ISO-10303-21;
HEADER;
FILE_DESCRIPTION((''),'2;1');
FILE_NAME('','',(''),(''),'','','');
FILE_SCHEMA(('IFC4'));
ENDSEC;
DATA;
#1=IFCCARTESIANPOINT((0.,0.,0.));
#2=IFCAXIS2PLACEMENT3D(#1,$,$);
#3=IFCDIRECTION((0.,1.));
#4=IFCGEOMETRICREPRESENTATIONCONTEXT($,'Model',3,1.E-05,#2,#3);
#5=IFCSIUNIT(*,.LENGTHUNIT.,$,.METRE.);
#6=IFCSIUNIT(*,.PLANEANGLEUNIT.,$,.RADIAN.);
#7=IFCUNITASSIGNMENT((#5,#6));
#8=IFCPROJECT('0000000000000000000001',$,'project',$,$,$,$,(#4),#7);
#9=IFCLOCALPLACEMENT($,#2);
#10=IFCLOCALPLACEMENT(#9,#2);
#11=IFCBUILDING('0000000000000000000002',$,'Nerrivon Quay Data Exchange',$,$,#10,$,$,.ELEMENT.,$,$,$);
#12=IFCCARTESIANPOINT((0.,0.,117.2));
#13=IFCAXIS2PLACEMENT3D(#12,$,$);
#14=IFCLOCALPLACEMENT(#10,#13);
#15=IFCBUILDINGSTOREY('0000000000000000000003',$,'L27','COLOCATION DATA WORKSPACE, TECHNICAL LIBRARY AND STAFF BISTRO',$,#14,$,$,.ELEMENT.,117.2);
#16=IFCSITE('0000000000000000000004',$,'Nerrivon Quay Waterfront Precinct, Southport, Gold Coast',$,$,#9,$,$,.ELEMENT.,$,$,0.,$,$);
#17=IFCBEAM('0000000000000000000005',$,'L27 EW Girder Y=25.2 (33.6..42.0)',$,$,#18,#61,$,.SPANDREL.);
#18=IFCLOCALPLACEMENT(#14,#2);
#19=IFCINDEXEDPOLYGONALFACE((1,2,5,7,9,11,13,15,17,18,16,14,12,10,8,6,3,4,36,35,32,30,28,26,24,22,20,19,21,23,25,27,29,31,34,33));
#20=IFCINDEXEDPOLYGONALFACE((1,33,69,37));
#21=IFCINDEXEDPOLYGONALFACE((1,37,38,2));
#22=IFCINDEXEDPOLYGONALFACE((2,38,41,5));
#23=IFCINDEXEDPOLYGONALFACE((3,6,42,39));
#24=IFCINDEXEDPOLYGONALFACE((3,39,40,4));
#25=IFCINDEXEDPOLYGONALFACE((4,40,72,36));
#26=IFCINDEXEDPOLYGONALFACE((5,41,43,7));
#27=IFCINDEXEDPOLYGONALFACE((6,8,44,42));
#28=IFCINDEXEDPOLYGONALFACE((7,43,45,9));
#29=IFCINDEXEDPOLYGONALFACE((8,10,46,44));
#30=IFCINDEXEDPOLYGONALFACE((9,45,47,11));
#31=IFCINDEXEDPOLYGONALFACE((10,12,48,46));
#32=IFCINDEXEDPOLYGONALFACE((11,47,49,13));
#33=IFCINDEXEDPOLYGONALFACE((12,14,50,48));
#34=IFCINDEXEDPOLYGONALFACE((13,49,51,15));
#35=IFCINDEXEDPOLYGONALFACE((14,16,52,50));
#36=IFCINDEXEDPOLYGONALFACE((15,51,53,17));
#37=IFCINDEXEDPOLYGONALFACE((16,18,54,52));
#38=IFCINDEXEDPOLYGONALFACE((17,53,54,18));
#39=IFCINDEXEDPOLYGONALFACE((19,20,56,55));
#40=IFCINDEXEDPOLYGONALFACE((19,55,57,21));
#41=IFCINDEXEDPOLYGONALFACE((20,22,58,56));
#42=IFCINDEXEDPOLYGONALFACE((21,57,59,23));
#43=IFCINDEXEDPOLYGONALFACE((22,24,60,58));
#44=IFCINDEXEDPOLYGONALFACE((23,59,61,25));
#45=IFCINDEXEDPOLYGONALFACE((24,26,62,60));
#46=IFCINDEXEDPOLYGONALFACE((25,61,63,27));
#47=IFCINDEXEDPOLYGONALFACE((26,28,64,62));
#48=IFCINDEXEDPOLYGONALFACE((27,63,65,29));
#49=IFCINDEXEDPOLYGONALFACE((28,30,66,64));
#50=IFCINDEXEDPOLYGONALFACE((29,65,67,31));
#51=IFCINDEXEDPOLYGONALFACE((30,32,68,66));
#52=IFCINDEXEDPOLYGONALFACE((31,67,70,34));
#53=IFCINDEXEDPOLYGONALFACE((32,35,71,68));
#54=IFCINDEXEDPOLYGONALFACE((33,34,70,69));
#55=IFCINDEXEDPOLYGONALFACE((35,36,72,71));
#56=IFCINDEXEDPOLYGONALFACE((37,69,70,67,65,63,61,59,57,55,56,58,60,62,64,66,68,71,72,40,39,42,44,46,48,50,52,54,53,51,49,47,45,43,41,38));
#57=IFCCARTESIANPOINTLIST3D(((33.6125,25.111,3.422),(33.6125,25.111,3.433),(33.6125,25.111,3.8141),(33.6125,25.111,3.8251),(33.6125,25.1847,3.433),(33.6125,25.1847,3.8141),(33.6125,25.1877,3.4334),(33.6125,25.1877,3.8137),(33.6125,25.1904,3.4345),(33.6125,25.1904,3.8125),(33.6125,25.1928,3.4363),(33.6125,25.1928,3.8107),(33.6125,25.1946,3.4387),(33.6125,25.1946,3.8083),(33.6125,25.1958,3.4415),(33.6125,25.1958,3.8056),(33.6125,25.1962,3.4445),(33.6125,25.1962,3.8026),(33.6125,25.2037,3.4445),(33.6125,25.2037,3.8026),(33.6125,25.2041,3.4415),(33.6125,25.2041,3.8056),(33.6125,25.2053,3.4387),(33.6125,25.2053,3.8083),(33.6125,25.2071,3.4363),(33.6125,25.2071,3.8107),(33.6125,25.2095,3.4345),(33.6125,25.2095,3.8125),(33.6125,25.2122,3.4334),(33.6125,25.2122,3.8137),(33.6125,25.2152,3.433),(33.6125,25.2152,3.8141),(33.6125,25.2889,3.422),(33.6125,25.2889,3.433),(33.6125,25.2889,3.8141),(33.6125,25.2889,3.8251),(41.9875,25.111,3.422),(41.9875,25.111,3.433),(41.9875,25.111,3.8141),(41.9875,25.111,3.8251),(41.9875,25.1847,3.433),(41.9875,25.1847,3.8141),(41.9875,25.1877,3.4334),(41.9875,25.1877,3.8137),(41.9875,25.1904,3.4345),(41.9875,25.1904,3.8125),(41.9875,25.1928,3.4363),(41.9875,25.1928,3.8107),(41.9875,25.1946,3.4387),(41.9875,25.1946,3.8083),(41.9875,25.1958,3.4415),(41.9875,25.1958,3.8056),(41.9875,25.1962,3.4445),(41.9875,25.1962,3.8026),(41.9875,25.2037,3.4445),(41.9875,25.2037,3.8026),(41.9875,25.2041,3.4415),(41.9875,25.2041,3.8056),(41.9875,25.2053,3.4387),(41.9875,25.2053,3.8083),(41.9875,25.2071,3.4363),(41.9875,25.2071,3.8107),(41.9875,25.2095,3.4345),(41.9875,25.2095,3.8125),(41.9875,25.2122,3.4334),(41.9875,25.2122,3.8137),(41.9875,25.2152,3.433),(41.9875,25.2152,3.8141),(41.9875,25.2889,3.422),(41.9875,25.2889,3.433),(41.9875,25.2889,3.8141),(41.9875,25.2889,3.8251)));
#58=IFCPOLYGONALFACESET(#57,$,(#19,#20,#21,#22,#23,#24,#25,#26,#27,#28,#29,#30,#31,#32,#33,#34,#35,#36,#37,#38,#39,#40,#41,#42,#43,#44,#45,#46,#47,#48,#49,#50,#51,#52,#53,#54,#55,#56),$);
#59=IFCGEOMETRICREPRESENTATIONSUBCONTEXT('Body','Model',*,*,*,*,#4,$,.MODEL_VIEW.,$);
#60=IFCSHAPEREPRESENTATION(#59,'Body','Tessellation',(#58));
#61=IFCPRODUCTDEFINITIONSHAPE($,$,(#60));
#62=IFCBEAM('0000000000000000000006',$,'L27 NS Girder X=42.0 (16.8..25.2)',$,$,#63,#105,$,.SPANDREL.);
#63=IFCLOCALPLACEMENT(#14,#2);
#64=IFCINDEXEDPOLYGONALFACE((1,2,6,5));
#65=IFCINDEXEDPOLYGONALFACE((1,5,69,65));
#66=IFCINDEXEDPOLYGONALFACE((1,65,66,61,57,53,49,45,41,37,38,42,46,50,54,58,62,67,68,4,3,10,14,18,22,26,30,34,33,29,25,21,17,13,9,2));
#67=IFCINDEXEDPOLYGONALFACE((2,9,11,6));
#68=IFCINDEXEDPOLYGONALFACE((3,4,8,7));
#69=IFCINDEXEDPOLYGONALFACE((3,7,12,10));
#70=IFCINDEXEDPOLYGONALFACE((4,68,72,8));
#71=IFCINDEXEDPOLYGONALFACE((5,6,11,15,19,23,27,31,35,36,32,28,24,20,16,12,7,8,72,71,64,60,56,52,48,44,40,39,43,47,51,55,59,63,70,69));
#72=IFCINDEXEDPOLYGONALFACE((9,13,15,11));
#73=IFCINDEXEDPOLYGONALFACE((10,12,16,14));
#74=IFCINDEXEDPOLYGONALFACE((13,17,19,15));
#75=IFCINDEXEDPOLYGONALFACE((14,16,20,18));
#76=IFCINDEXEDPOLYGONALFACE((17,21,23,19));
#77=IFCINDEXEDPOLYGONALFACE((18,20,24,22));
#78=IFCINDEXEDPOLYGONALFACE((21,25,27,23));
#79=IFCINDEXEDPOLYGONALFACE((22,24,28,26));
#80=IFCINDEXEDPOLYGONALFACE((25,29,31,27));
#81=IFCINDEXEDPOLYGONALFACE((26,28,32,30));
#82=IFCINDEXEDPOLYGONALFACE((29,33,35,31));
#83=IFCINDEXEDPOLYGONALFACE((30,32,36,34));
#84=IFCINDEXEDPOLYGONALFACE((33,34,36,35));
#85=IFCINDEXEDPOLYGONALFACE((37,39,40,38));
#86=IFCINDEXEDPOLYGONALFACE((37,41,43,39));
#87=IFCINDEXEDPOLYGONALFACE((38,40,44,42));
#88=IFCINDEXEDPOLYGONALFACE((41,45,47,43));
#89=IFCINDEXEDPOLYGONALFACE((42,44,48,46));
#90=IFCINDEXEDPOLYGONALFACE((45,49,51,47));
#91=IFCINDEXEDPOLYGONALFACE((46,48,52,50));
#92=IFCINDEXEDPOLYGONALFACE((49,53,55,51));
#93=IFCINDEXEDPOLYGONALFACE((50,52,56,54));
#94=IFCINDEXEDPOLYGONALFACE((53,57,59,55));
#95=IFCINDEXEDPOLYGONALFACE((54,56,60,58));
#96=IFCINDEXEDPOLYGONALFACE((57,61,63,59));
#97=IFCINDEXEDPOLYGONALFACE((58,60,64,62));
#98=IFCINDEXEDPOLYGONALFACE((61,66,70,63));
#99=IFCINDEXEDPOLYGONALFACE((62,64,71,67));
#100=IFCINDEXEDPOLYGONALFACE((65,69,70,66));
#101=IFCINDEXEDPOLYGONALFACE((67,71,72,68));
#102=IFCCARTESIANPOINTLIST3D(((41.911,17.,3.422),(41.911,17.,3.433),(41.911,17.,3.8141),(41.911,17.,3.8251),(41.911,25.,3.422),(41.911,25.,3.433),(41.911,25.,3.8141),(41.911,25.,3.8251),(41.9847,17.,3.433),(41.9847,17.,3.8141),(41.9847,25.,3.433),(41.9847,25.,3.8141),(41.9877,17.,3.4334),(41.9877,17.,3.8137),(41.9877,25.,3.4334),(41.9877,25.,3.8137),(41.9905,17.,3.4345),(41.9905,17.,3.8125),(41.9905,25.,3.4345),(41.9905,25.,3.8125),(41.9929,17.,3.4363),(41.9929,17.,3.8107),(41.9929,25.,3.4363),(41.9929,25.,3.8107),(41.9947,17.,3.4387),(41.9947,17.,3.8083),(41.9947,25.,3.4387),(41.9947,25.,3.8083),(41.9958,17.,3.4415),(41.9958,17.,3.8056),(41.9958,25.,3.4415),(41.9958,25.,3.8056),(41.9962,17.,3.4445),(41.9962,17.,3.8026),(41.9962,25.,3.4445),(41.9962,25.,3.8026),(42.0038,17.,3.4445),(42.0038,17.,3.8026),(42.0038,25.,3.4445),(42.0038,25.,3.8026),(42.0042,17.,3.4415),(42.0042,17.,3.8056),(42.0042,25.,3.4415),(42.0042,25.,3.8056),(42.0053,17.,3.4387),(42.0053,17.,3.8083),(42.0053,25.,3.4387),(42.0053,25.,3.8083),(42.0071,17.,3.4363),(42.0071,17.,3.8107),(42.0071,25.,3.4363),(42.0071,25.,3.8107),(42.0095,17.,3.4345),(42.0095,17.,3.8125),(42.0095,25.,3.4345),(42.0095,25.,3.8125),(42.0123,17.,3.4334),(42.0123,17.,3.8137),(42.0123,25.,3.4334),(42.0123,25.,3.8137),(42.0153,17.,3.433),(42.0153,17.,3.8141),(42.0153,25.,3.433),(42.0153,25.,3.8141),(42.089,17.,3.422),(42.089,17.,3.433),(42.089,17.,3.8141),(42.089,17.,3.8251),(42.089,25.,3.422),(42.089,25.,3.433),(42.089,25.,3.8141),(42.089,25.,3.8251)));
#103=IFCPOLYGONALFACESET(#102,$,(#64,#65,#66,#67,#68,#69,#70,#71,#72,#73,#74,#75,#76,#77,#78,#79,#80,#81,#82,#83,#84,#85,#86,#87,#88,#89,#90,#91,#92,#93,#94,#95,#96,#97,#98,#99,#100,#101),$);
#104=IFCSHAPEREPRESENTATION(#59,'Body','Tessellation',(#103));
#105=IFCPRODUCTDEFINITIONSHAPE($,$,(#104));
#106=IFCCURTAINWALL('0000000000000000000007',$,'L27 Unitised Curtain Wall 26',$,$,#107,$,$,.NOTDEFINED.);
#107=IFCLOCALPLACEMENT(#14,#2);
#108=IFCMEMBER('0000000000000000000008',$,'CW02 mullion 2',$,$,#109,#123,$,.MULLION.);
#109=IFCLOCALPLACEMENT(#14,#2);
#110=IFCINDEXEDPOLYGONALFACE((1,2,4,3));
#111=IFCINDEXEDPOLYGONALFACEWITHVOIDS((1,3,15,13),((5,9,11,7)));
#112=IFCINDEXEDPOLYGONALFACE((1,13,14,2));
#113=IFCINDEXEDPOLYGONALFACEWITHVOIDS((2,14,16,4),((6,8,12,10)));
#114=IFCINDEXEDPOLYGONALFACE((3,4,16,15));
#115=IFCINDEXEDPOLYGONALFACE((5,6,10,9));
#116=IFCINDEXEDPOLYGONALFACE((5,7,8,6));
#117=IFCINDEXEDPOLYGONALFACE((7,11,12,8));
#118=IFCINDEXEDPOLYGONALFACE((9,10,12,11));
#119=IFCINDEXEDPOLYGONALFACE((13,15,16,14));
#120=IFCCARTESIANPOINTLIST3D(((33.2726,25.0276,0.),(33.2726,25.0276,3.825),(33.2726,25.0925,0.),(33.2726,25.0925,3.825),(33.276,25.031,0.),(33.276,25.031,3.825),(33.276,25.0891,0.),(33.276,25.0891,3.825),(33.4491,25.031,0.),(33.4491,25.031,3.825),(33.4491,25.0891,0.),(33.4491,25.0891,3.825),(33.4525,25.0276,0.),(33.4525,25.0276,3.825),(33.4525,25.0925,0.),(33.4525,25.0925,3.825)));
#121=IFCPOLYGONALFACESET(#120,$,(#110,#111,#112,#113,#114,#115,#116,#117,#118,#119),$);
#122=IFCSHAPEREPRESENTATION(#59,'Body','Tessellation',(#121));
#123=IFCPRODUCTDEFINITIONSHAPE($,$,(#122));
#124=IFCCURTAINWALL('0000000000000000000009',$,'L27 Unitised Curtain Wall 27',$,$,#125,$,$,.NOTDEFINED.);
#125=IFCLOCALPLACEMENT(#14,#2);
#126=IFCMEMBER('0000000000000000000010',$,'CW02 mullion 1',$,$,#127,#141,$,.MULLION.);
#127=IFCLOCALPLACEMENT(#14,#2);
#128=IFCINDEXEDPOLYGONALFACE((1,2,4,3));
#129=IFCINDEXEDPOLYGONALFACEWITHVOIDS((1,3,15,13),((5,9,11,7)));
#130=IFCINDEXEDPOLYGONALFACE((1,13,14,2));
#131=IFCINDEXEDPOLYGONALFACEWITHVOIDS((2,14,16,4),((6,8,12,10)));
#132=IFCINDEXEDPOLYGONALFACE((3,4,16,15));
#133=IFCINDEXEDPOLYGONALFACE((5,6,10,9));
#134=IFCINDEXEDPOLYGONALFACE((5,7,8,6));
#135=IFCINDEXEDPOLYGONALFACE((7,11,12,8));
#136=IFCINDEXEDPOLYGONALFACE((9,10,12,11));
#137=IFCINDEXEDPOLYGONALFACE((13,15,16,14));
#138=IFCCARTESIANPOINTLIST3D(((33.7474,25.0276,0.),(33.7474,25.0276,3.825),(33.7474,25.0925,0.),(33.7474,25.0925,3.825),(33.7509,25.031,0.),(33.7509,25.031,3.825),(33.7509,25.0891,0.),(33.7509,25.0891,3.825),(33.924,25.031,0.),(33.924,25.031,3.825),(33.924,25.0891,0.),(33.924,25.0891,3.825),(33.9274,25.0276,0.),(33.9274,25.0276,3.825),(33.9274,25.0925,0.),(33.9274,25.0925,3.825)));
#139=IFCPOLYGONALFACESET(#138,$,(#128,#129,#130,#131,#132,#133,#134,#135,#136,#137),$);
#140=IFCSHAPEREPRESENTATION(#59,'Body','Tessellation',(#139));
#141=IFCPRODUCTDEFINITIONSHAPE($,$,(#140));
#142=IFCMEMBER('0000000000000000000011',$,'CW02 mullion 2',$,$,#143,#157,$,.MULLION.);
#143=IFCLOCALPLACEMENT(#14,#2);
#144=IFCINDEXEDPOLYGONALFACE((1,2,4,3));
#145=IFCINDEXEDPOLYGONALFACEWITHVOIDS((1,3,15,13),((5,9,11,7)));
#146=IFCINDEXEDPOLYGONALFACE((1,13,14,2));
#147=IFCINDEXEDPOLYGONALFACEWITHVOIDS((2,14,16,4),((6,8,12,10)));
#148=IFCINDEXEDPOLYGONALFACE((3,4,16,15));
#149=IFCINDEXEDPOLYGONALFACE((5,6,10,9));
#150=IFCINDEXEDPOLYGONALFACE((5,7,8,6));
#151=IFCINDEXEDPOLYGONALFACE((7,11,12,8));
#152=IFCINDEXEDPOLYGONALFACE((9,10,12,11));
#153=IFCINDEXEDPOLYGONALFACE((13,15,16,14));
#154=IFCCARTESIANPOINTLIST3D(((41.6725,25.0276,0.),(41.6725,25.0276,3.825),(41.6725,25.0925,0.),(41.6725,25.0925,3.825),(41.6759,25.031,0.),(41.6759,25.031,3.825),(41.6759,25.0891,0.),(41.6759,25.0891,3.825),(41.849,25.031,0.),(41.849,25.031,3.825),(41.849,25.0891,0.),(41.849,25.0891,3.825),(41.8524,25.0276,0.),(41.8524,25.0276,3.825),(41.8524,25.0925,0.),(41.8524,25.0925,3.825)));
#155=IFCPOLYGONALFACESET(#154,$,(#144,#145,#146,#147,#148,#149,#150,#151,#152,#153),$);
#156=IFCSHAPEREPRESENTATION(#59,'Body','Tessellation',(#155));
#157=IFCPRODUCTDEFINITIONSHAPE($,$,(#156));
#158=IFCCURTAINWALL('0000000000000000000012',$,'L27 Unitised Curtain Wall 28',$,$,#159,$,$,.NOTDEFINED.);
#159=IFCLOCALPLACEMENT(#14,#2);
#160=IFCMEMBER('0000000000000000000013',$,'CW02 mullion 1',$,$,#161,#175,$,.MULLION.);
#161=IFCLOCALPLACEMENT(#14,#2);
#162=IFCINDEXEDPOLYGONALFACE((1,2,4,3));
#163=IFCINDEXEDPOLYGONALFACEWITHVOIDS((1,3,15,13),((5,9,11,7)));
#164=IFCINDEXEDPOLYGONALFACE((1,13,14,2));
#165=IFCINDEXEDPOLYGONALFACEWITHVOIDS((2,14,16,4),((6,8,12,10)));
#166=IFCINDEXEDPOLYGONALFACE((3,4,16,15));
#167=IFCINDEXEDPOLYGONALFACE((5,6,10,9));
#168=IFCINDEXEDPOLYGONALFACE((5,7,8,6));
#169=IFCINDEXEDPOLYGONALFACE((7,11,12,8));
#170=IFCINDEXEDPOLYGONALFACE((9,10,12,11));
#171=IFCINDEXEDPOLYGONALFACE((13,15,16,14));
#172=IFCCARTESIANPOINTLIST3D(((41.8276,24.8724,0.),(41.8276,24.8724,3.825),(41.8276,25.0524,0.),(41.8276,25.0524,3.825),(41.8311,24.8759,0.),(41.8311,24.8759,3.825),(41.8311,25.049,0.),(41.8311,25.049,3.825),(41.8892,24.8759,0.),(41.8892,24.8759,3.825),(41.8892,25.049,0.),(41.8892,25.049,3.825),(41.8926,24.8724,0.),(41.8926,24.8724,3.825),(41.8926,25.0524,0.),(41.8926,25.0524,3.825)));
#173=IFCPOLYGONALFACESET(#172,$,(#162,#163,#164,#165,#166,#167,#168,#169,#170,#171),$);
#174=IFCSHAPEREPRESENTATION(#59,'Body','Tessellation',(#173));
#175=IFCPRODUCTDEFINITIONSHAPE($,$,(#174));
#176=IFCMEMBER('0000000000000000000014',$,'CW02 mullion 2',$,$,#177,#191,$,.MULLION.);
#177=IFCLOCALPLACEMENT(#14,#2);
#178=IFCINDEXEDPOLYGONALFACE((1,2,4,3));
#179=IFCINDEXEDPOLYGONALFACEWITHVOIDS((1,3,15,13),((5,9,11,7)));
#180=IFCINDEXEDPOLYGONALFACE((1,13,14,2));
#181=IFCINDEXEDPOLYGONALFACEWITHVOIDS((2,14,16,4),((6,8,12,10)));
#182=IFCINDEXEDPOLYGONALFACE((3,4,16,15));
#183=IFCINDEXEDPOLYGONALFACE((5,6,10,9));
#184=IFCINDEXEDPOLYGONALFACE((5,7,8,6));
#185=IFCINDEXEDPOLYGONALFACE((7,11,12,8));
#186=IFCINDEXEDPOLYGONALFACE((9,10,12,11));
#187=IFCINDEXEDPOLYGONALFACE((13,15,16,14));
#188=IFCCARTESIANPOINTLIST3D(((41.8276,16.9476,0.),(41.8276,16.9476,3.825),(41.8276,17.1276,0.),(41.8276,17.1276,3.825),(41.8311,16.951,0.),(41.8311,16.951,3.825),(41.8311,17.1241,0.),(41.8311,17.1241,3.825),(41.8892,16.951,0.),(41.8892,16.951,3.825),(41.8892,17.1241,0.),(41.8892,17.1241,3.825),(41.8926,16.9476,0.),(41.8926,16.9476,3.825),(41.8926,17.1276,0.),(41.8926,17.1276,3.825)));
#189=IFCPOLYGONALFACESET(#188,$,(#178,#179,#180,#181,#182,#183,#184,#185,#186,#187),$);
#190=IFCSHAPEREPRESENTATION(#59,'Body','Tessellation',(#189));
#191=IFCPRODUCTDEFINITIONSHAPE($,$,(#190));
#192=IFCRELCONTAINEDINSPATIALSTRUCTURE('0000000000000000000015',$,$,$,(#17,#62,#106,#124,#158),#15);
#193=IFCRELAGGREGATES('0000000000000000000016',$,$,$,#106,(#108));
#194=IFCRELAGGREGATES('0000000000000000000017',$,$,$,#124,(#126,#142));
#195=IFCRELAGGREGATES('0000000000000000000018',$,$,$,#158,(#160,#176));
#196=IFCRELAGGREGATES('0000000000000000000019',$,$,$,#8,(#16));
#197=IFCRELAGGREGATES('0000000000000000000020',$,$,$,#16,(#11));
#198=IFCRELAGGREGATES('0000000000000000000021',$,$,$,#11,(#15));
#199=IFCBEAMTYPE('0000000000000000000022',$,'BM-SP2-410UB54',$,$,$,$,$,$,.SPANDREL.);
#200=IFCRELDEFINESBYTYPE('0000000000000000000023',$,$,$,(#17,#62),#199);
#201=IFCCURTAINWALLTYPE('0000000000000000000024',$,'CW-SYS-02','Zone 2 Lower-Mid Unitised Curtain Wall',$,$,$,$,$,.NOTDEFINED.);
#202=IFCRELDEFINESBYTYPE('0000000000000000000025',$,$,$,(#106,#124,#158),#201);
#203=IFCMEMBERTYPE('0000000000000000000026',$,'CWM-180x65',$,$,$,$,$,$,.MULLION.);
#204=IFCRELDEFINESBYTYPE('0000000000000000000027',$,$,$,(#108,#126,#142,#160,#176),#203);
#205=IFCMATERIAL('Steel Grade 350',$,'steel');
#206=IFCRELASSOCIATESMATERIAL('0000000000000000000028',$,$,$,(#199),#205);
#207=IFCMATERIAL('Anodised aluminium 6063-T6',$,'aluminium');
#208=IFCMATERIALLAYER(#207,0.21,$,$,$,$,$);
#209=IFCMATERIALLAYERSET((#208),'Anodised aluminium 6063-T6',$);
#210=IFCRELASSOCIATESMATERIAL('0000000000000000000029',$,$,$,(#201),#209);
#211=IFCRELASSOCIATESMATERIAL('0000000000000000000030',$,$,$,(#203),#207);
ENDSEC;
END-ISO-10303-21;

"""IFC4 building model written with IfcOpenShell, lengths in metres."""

from ifc_helpers import new_model, si_unit, direction, frame, origin, origin_2d, place, context, subcontext, project, spatial, hollow_rectangle, i_section, extrude, material, layer, layer_set, material_profile, profile_set, type_object, element, aggregate, save


model = new_model("IFC4")

# Units and contexts
model_context = context("Model", 3, precision=1e-05, world=origin(), true_north=direction((0.0, 1.0)))
body_context = subcontext(model_context, "Body", "Model", "MODEL_VIEW")
ifc_project = project(units=[si_unit("LENGTHUNIT", "METRE"), si_unit("PLANEANGLEUNIT", "RADIAN")], contexts=[model_context])

# Site, building, storey
site_placement = place(None, origin())
site = spatial("IfcSite", under=ifc_project, at=site_placement, Name="Nerrivon Quay Waterfront Precinct, Southport, Gold Coast", CompositionType="ELEMENT", RefElevation=0.0)
building_placement = place(site_placement, origin())
building = spatial("IfcBuilding", under=site, at=building_placement, Name="Nerrivon Quay Data Exchange", CompositionType="ELEMENT")
storey_placement = place(building_placement, frame((0.0, 0.0, 117.2)))
storey = spatial("IfcBuildingStorey", under=building, at=storey_placement, Name="L27", Description="COLOCATION DATA WORKSPACE, TECHNICAL LIBRARY AND STAFF BISTRO", CompositionType="ELEMENT", Elevation=117.2)

# Shared definitions
ifc_material_1 = material(Name="Steel Grade 350", Category="steel")

# Beams
ifc_material_profile_1 = material_profile(ifc_material_1, i_section(OverallWidth=0.178, OverallDepth=0.4031, WebThickness=0.0076, FlangeThickness=0.011, FilletRadius=0.0115, at=origin_2d()), Name="410UB53.7")
ifc_profile_set_1 = profile_set([ifc_material_profile_1], Name="Steel Grade 350")
beam_type_1 = type_object("IfcBeamType", Name="BM-SP2-410UB54", PredefinedType="SPANDREL", material=ifc_profile_set_1)
beam_1_placement = place(storey_placement, frame((33.6125, 25.2, 3.6235), z_axis=(1.0, 0.0, 0.0), x_axis=(0.0, 1.0, 0.0)))
element("IfcBeam", 1, at=beam_1_placement, inside=storey, type_object=beam_type_1, Name="L27 EW Girder Y=25.2 (33.6..42.0)", PredefinedType="SPANDREL", context=body_context, shape_type="SweptSolid", body=[
    extrude(i_section(OverallWidth=0.178, OverallDepth=0.4031, WebThickness=0.0076, FlangeThickness=0.011, FilletRadius=0.0115, at=origin_2d()), origin(), (0.0, 0.0, 1.0), 8.375),
])
beam_2_placement = place(storey_placement, frame((42.0, 17.0, 3.6235), z_axis=(0.0, 1.0, 0.0), x_axis=(-1.0, 0.0, 0.0)))
element("IfcBeam", 2, at=beam_2_placement, inside=storey, type_object=beam_type_1, Name="L27 NS Girder X=42.0 (16.8..25.2)", PredefinedType="SPANDREL", context=body_context, shape_type="SweptSolid", body=[
    extrude(i_section(OverallWidth=0.178, OverallDepth=0.4031, WebThickness=0.0076, FlangeThickness=0.011, FilletRadius=0.0115, at=origin_2d()), origin(), (0.0, 0.0, 1.0), 8.0),
])

# Curtain wall, member
ifc_material_2 = material(Name="Anodised aluminium 6063-T6", Category="aluminium")
ifc_layer_1 = layer(ifc_material_2, 0.21)
ifc_layer_set_1 = layer_set([ifc_layer_1], Name="Anodised aluminium 6063-T6")
curtain_wall_type = type_object("IfcCurtainWallType", Name="CW-SYS-02", Description="Zone 2 Lower-Mid Unitised Curtain Wall", PredefinedType="NOTDEFINED", material=ifc_layer_set_1)
curtain_wall_1_placement = place(storey_placement, origin())
curtain_wall_1 = element("IfcCurtainWall", 3, at=curtain_wall_1_placement, inside=storey, type_object=curtain_wall_type, Name="L27 Unitised Curtain Wall 26", PredefinedType="NOTDEFINED")
ifc_material_profile_2 = material_profile(ifc_material_2, hollow_rectangle(XDim=0.0649, YDim=0.1799, WallThickness=0.0034, at=origin_2d()), Name="ALU-MULL-180x65")
ifc_profile_set_2 = profile_set([ifc_material_profile_2], Name="Anodised aluminium 6063-T6")
member_type_1 = type_object("IfcMemberType", Name="CWM-180x65", PredefinedType="MULLION", material=ifc_profile_set_2)
member_1_placement = place(storey_placement, frame((33.3625, 25.0601, 0.0), z_axis=(0.0, 0.0, 1.0), x_axis=(0.0, 1.0, 0.0)))
member_1 = element("IfcMember", 4, at=member_1_placement, type_object=member_type_1, Name="CW02 mullion 2", PredefinedType="MULLION", context=body_context, shape_type="SweptSolid", body=[
    extrude(hollow_rectangle(XDim=0.0649, YDim=0.1799, WallThickness=0.0034, at=origin_2d()), origin(), (0.0, 0.0, 1.0), 3.825),
])

# Curtain walls, members
curtain_wall_2_placement = place(storey_placement, origin())
curtain_wall_2 = element("IfcCurtainWall", 5, at=curtain_wall_2_placement, inside=storey, type_object=curtain_wall_type, Name="L27 Unitised Curtain Wall 27", PredefinedType="NOTDEFINED")
member_2_placement = place(storey_placement, frame((33.8374, 25.0601, 0.0), z_axis=(0.0, 0.0, 1.0), x_axis=(0.0, 1.0, 0.0)))
member_2 = element("IfcMember", 6, at=member_2_placement, type_object=member_type_1, Name="CW02 mullion 1", PredefinedType="MULLION", context=body_context, shape_type="SweptSolid", body=[
    extrude(hollow_rectangle(XDim=0.0649, YDim=0.1799, WallThickness=0.0034, at=origin_2d()), origin(), (0.0, 0.0, 1.0), 3.825),
])
member_3_placement = place(storey_placement, frame((41.7625, 25.0601, 0.0), z_axis=(0.0, 0.0, 1.0), x_axis=(0.0, 1.0, 0.0)))
member_3 = element("IfcMember", 7, at=member_3_placement, type_object=member_type_1, Name="CW02 mullion 2", PredefinedType="MULLION", context=body_context, shape_type="SweptSolid", body=[
    extrude(hollow_rectangle(XDim=0.0649, YDim=0.1799, WallThickness=0.0034, at=origin_2d()), origin(), (0.0, 0.0, 1.0), 3.825),
])
curtain_wall_3_placement = place(storey_placement, origin())
curtain_wall_3 = element("IfcCurtainWall", 8, at=curtain_wall_3_placement, inside=storey, type_object=curtain_wall_type, Name="L27 Unitised Curtain Wall 28", PredefinedType="NOTDEFINED")
member_4_placement = place(storey_placement, frame((41.8601, 24.9624, 0.0), z_axis=(0.0, 0.0, 1.0), x_axis=(1.0, 0.0, 0.0)))
member_4 = element("IfcMember", 9, at=member_4_placement, type_object=member_type_1, Name="CW02 mullion 1", PredefinedType="MULLION", context=body_context, shape_type="SweptSolid", body=[
    extrude(hollow_rectangle(XDim=0.0649, YDim=0.1799, WallThickness=0.0034, at=origin_2d()), origin(), (0.0, 0.0, 1.0), 3.825),
])
member_5_placement = place(storey_placement, frame((41.8601, 17.0376, 0.0), z_axis=(0.0, 0.0, 1.0), x_axis=(1.0, 0.0, 0.0)))
member_5 = element("IfcMember", 10, at=member_5_placement, type_object=member_type_1, Name="CW02 mullion 2", PredefinedType="MULLION", context=body_context, shape_type="SweptSolid", body=[
    extrude(hollow_rectangle(XDim=0.0649, YDim=0.1799, WallThickness=0.0034, at=origin_2d()), origin(), (0.0, 0.0, 1.0), 3.825),
])

aggregate(curtain_wall_1, [member_1])
aggregate(curtain_wall_2, [member_2, member_3])
aggregate(curtain_wall_3, [member_4, member_5])

save(model, "model.ifc")
